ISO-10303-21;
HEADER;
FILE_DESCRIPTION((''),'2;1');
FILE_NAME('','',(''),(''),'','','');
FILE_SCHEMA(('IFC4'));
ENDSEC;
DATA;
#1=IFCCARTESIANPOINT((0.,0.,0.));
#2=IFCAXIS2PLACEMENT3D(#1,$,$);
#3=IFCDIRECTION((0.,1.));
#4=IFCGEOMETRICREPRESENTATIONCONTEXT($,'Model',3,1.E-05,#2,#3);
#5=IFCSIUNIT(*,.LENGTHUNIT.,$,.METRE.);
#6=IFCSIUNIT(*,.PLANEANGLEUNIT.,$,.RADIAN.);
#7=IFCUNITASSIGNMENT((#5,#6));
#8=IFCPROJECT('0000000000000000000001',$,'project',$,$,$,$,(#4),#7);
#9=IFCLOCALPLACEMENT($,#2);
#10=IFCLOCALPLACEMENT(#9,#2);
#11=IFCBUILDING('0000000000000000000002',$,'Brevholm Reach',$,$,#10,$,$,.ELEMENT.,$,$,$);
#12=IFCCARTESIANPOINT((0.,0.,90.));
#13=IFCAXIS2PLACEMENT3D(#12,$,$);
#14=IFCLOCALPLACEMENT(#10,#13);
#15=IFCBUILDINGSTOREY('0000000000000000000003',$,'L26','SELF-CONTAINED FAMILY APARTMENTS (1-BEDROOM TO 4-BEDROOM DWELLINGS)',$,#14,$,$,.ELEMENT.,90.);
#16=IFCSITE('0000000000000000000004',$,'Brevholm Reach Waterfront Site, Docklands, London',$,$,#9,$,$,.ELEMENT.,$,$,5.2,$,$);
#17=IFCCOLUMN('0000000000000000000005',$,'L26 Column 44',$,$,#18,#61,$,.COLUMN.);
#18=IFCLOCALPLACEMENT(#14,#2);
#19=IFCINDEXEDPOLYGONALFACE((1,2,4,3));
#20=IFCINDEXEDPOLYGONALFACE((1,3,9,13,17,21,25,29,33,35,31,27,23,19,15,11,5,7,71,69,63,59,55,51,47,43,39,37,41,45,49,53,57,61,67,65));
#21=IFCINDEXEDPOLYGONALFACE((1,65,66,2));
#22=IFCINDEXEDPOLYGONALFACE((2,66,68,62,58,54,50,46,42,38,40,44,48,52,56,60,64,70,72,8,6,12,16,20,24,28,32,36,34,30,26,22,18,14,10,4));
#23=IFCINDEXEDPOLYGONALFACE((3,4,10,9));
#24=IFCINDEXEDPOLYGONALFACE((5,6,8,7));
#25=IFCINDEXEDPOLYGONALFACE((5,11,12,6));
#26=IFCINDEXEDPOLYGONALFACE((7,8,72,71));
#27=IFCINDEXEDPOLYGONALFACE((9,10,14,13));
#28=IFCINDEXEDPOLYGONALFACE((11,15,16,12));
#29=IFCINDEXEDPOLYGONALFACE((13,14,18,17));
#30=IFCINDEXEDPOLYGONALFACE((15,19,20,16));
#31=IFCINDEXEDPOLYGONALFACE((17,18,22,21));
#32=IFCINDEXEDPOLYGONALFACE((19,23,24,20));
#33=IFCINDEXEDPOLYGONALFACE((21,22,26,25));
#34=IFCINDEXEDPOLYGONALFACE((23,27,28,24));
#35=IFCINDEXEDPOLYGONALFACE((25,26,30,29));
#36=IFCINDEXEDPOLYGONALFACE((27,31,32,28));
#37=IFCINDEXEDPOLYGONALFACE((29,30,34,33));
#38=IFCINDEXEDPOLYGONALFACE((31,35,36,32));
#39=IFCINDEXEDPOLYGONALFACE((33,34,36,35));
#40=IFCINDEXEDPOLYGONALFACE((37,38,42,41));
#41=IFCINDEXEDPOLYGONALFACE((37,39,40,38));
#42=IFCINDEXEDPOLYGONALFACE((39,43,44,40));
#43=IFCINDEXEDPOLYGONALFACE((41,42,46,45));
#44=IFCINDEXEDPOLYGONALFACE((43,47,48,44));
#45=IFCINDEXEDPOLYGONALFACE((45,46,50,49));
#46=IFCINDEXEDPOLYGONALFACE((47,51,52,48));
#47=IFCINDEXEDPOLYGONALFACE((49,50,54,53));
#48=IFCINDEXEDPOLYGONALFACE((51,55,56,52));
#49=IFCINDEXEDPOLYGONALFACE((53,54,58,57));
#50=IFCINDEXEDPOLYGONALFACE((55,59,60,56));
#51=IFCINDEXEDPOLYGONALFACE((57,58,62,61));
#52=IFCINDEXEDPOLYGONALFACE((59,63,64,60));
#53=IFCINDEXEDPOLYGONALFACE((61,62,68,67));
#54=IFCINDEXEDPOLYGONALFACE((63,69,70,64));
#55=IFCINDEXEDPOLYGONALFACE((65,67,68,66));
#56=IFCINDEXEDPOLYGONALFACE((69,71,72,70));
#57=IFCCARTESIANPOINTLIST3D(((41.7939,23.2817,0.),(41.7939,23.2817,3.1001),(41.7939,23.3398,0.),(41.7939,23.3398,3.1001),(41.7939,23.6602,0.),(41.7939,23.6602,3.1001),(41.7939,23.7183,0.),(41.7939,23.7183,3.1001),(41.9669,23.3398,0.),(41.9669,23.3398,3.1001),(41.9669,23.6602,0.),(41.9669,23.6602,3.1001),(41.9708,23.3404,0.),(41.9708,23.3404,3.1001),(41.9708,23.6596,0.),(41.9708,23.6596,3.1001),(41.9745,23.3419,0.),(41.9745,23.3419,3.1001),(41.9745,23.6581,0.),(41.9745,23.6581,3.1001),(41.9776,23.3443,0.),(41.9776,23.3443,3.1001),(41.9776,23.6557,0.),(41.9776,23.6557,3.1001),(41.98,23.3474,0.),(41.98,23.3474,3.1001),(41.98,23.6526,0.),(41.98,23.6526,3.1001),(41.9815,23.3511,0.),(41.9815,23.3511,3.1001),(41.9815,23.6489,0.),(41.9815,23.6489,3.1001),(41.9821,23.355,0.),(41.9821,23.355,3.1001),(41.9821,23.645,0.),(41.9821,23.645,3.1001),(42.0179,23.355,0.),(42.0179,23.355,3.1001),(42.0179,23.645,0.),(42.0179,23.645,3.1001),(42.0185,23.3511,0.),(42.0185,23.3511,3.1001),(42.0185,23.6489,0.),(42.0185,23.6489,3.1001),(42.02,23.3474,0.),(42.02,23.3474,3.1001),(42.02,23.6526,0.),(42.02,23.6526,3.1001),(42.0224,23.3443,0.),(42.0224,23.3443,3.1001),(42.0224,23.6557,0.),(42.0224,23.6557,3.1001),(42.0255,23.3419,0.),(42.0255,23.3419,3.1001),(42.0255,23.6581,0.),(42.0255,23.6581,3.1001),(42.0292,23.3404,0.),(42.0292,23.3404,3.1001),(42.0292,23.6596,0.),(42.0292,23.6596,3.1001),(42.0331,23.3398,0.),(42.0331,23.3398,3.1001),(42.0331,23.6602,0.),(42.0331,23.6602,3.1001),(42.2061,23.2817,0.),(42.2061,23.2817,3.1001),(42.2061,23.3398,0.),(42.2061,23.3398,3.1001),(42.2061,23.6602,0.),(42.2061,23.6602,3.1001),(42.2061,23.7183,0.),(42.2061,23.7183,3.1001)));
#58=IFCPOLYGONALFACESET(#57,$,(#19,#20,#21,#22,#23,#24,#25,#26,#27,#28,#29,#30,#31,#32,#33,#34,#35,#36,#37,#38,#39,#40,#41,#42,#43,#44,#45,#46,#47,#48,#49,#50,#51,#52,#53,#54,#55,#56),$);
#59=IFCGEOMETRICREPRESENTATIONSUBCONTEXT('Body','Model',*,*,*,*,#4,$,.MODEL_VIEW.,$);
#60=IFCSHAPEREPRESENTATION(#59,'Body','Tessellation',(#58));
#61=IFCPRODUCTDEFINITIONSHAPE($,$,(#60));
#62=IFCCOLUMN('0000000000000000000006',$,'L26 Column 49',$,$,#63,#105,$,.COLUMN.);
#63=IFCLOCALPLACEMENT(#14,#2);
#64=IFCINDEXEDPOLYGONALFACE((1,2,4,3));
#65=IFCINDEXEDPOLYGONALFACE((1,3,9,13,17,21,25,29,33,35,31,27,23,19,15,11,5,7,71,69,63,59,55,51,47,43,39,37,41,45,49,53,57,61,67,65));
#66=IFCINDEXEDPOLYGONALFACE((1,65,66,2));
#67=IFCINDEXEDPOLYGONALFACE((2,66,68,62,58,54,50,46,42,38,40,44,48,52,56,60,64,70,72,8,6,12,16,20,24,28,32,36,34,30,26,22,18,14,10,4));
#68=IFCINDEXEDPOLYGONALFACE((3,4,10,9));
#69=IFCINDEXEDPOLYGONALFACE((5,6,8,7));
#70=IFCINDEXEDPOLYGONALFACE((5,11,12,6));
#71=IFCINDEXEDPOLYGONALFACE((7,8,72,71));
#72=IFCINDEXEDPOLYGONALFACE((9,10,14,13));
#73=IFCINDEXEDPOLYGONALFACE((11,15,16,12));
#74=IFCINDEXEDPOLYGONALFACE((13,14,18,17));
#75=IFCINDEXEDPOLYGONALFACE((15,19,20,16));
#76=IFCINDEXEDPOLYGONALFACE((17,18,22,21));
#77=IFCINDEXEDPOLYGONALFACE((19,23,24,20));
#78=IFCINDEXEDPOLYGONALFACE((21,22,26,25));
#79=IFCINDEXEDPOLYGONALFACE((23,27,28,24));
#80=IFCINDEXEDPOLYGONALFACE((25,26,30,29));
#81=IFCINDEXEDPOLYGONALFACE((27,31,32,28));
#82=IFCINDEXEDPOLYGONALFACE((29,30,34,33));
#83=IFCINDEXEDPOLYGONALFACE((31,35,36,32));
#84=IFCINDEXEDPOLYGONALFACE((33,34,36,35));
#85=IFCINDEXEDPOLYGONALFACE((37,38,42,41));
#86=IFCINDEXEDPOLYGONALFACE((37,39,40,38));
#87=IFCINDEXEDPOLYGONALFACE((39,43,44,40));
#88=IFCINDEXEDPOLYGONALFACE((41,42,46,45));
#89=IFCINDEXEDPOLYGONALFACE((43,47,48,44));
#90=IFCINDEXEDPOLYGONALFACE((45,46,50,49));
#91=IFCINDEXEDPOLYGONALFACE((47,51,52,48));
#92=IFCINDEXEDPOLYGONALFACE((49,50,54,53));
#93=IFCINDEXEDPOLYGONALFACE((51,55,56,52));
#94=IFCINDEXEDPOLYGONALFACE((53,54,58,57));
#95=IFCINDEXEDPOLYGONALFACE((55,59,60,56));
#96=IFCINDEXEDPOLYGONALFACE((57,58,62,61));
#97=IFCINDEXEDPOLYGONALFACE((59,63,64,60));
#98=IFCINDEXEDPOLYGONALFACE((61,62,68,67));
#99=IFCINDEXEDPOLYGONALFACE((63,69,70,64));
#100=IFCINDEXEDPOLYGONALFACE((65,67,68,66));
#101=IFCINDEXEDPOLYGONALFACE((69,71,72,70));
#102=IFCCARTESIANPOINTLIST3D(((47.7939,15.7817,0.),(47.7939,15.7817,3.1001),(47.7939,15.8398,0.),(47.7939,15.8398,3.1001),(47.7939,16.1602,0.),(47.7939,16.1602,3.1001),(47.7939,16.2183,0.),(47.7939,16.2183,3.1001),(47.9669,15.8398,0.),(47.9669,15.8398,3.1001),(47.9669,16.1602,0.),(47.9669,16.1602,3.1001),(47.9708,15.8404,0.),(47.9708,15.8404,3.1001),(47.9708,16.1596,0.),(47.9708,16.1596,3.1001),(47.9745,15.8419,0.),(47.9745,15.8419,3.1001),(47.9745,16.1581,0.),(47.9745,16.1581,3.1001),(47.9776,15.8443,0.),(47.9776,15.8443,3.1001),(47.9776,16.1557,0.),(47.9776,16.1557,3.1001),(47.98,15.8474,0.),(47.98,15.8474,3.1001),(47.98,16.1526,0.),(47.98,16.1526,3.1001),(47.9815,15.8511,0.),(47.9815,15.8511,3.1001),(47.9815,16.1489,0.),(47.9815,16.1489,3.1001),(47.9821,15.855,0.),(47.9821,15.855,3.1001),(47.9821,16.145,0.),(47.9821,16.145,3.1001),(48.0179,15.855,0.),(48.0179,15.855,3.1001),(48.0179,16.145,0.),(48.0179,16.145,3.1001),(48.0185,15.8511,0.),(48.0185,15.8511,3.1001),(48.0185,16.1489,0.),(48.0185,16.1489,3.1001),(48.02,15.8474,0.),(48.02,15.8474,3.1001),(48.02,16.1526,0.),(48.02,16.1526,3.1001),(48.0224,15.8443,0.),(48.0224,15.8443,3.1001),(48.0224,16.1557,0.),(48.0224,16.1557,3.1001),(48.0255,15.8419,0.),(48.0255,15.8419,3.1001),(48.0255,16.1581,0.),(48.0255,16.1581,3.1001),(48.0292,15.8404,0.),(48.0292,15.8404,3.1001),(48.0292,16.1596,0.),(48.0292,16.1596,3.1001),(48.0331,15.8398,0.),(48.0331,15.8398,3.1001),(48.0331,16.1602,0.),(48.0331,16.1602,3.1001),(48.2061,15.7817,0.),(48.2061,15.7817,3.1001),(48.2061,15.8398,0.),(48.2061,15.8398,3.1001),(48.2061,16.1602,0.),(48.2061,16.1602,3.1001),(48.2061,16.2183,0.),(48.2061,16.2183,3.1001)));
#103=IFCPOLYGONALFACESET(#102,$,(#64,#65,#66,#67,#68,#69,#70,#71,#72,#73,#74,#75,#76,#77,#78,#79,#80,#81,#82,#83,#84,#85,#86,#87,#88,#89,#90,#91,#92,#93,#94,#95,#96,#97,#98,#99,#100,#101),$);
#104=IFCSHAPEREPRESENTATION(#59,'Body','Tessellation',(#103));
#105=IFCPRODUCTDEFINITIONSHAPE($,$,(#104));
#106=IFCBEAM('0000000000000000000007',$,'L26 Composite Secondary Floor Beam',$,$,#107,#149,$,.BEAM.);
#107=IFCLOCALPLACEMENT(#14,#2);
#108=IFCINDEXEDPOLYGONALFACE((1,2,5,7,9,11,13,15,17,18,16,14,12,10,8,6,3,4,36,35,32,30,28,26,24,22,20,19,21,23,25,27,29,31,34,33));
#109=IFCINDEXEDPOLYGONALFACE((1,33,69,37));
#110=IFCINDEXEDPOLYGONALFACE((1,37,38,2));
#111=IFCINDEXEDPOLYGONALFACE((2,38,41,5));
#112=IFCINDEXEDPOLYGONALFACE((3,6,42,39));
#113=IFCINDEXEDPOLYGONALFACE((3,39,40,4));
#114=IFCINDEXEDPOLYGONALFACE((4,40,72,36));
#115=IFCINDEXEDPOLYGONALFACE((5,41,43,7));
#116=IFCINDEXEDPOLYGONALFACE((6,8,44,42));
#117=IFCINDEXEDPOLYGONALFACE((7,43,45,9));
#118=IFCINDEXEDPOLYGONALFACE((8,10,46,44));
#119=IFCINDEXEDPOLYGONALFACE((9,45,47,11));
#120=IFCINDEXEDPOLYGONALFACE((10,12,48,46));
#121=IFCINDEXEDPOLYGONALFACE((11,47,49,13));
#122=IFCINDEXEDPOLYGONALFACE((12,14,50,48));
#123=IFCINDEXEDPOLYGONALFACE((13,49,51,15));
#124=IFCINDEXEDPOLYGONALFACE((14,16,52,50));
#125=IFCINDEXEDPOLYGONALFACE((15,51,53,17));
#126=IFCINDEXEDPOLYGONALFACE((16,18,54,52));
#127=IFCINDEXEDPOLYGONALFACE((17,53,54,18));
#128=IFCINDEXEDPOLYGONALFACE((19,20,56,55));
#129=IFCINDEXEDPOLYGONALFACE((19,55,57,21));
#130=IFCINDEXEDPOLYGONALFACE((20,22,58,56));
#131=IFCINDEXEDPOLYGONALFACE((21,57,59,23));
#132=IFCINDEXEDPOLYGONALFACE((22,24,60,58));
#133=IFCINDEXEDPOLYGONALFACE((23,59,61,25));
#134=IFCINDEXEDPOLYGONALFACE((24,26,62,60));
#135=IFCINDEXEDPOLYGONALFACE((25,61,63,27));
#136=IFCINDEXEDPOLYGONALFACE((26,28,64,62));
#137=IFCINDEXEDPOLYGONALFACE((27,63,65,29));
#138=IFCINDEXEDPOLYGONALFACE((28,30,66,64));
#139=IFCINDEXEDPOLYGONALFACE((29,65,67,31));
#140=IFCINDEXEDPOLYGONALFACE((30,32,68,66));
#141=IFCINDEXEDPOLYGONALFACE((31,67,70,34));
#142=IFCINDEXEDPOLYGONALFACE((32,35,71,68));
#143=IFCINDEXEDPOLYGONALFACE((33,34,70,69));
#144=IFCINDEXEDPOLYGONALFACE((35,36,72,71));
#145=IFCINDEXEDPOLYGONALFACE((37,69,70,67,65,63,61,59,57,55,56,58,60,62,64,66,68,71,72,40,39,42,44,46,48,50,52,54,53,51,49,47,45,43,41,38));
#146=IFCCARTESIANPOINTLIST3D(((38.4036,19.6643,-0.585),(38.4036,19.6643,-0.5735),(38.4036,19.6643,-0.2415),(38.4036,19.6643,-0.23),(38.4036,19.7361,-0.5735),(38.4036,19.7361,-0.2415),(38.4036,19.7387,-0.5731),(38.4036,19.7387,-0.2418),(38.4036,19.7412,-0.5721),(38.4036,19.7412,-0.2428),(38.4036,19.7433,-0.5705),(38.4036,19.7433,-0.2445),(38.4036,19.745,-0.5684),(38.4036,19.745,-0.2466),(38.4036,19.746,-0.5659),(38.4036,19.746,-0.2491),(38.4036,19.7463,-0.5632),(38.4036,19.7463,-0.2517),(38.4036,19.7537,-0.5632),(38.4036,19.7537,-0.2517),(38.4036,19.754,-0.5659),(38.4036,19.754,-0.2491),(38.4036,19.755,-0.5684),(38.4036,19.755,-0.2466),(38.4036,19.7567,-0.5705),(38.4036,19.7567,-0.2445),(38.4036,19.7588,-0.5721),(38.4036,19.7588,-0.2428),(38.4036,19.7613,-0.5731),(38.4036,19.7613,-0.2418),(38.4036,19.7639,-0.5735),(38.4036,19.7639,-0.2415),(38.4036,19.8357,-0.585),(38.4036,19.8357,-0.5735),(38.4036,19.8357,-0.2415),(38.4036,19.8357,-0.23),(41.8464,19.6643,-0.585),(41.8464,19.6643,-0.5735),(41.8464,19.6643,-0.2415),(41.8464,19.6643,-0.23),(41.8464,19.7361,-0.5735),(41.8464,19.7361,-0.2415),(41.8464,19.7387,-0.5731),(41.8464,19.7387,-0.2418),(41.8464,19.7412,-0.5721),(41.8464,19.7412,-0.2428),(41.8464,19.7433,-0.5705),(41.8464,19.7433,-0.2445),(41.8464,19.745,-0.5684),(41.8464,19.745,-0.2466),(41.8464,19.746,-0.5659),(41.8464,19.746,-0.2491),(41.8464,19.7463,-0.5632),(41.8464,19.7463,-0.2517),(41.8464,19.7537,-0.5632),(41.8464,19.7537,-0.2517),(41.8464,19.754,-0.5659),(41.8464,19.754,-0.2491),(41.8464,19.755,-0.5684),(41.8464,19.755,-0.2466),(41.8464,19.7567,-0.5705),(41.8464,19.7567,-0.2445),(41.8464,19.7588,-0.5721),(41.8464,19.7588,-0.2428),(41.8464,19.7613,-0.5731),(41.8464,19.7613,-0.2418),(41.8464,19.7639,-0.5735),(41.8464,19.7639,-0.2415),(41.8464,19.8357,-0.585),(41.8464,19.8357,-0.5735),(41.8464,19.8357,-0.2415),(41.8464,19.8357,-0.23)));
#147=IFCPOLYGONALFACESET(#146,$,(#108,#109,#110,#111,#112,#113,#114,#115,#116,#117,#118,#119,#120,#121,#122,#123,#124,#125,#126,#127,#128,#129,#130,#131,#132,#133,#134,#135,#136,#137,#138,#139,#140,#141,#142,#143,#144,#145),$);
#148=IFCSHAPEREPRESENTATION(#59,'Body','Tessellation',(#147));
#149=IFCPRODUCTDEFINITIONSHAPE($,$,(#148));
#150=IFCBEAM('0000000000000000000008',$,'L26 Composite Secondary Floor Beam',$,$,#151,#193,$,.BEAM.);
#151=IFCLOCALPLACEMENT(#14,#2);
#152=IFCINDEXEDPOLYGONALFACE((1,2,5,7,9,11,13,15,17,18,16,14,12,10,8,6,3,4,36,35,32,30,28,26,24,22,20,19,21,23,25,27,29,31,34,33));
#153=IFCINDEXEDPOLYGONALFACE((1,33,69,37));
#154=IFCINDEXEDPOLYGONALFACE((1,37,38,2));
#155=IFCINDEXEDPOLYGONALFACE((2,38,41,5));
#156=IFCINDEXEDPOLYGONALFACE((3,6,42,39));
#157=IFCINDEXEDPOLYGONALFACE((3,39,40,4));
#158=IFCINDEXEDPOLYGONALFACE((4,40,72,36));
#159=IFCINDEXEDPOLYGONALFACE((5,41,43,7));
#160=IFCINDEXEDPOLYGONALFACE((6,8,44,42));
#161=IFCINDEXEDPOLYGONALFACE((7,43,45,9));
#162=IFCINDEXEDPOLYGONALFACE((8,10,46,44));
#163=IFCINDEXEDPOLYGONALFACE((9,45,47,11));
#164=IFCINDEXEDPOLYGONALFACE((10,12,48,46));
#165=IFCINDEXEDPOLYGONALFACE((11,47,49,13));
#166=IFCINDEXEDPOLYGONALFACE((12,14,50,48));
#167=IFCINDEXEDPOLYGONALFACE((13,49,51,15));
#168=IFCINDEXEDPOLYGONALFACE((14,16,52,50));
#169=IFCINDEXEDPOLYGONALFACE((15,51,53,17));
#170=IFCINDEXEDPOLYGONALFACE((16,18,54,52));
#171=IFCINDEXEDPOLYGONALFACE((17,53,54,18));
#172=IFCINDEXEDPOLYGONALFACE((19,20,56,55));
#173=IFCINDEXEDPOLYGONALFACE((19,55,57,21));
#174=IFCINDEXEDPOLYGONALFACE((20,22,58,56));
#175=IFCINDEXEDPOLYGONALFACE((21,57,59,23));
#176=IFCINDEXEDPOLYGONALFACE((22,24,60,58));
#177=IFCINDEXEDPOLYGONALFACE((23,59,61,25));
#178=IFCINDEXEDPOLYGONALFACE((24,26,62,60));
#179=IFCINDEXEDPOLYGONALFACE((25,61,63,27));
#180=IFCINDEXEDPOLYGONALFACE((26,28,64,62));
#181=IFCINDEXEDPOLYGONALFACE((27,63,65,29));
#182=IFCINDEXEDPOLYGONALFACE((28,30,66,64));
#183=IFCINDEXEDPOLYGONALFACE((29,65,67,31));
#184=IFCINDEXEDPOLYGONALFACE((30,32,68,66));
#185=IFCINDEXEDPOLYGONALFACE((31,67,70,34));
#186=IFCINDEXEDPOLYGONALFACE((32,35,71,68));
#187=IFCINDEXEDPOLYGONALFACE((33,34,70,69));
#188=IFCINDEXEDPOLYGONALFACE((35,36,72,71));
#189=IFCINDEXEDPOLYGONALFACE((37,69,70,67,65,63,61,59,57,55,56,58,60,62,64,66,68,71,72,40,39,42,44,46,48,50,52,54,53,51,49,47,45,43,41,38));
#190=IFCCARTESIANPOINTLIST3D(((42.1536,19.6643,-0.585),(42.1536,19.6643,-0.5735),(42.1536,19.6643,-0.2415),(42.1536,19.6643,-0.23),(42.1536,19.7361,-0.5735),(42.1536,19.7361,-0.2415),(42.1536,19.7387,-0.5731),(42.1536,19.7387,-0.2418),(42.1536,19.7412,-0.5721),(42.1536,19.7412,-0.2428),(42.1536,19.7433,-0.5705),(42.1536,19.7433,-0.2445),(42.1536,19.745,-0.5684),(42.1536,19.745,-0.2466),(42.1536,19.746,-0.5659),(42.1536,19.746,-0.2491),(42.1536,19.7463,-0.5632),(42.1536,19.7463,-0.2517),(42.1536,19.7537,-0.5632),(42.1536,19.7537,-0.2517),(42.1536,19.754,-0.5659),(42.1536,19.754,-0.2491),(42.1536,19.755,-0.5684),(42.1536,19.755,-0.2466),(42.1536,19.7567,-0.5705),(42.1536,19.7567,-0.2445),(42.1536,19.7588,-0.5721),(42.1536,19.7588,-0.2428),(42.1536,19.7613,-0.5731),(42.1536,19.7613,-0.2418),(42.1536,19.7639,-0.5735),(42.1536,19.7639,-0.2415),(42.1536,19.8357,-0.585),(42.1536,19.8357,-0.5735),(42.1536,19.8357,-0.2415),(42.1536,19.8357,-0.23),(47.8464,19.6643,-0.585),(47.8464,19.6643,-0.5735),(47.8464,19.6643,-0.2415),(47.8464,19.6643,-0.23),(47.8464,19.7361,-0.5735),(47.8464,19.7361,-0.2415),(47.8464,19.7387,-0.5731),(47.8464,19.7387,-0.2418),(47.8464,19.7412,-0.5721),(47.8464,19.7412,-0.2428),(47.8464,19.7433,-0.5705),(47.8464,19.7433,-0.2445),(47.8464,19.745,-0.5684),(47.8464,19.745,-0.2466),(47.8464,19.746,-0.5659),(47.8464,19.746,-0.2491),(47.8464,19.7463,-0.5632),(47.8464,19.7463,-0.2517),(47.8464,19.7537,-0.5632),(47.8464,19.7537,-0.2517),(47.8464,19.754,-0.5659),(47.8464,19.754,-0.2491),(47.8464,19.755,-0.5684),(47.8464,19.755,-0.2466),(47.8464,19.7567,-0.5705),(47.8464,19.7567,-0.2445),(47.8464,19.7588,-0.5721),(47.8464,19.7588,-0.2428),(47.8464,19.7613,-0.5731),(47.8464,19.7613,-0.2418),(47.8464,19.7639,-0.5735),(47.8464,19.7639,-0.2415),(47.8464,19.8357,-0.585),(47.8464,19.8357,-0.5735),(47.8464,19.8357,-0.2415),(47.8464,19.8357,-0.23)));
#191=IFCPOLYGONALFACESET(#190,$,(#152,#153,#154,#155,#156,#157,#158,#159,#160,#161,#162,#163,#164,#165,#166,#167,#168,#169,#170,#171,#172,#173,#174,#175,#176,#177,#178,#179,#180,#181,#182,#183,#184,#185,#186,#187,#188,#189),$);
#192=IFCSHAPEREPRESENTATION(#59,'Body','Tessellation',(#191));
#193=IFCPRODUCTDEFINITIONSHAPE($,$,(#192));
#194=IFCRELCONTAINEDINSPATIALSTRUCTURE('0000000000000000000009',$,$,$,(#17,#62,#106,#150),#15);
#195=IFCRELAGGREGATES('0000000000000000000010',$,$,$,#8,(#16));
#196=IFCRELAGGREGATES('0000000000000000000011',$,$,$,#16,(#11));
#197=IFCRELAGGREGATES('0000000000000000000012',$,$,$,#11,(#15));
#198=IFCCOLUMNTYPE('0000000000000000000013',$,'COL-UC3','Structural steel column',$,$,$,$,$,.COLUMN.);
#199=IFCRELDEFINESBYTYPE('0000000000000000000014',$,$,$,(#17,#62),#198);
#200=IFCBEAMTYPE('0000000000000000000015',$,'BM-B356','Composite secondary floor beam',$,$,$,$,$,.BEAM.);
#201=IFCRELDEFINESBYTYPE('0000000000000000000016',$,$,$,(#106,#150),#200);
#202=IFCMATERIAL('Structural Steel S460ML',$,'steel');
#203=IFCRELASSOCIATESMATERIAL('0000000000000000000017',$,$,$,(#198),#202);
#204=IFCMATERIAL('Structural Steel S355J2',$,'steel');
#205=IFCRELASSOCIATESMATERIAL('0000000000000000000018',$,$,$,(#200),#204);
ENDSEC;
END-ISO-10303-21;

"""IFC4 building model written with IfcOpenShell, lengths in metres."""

from ifc_helpers import new_model, si_unit, direction, frame, origin, origin_2d, place, context, subcontext, project, spatial, i_section, extrude, material, material_profile, profile_set, type_object, element, save


model = new_model("IFC4")

# Units and contexts
model_context = context("Model", 3, precision=1e-05, world=origin(), true_north=direction((0.0, 1.0)))
body_context = subcontext(model_context, "Body", "Model", "MODEL_VIEW")
ifc_project = project(units=[si_unit("LENGTHUNIT", "METRE"), si_unit("PLANEANGLEUNIT", "RADIAN")], contexts=[model_context])

# Site, building, storey
site_placement = place(None, origin())
site = spatial("IfcSite", under=ifc_project, at=site_placement, Name="Brevholm Reach Waterfront Site, Docklands, London", CompositionType="ELEMENT", RefElevation=5.2)
building_placement = place(site_placement, origin())
building = spatial("IfcBuilding", under=site, at=building_placement, Name="Brevholm Reach", CompositionType="ELEMENT")
storey_placement = place(building_placement, frame((0.0, 0.0, 90.0)))
storey = spatial("IfcBuildingStorey", under=building, at=storey_placement, Name="L26", Description="SELF-CONTAINED FAMILY APARTMENTS (1-BEDROOM TO 4-BEDROOM DWELLINGS)", CompositionType="ELEMENT", Elevation=90.0)

# Columns
ifc_material_1 = material(Name="Structural Steel S460ML", Category="steel")
ifc_material_profile_1 = material_profile(ifc_material_1, i_section(OverallWidth=0.4121, OverallDepth=0.4365, WebThickness=0.0359, FlangeThickness=0.0581, FilletRadius=0.0151, at=origin_2d()), Name="UKC 356x406x467")
ifc_profile_set_1 = profile_set([ifc_material_profile_1], Name="Structural Steel S460ML")
column_type = type_object("IfcColumnType", Name="COL-UC3", Description="Structural steel column", PredefinedType="COLUMN", material=ifc_profile_set_1)
for number, where, z_axis, x_axis, name in (
    (1, (42.0, 23.5, 0.0), (0.0, 0.0, 1.0), (1.0, 0.0, 0.0), "L26 Column 44"),
    (2, (48.0, 16.0, 0.0), (0.0, 0.0, 1.0), (1.0, 0.0, 0.0), "L26 Column 49"),
):
    element("IfcColumn", number, at=place(storey_placement, frame(where, z_axis=z_axis, x_axis=x_axis)), inside=storey, type_object=column_type, Name=name, PredefinedType="COLUMN", context=body_context, shape_type="SweptSolid", body=[
        extrude(i_section(OverallWidth=0.4121, OverallDepth=0.4365, WebThickness=0.0359, FlangeThickness=0.0581, FilletRadius=0.0151, at=origin_2d()), origin(), (0.0, 0.0, 1.0), 3.1001),
    ])

# Beams
ifc_material_2 = material(Name="Structural Steel S355J2", Category="steel")
ifc_material_profile_2 = material_profile(ifc_material_2, i_section(OverallWidth=0.1714, OverallDepth=0.355, WebThickness=0.0073, FlangeThickness=0.0115, FilletRadius=0.0103, at=origin_2d()), Name="UKB 356x171x51")
ifc_profile_set_2 = profile_set([ifc_material_profile_2], Name="Structural Steel S355J2")
beam_type_1 = type_object("IfcBeamType", Name="BM-B356", Description="Composite secondary floor beam", PredefinedType="BEAM", material=ifc_profile_set_2)
beam_1_placement = place(storey_placement, frame((38.4036, 19.75, -0.4075), z_axis=(1.0, 0.0, 0.0), x_axis=(0.0, 1.0, 0.0)))
element("IfcBeam", 3, at=beam_1_placement, inside=storey, type_object=beam_type_1, Name="L26 Composite Secondary Floor Beam", PredefinedType="BEAM", context=body_context, shape_type="SweptSolid", body=[
    extrude(i_section(OverallWidth=0.1714, OverallDepth=0.355, WebThickness=0.0073, FlangeThickness=0.0115, FilletRadius=0.0103, at=origin_2d()), origin(), (0.0, 0.0, 1.0), 3.4429),
])
beam_2_placement = place(storey_placement, frame((42.1536, 19.75, -0.4075), z_axis=(1.0, 0.0, 0.0), x_axis=(0.0, 1.0, 0.0)))
element("IfcBeam", 4, at=beam_2_placement, inside=storey, type_object=beam_type_1, Name="L26 Composite Secondary Floor Beam", PredefinedType="BEAM", context=body_context, shape_type="SweptSolid", body=[
    extrude(i_section(OverallWidth=0.1714, OverallDepth=0.355, WebThickness=0.0073, FlangeThickness=0.0115, FilletRadius=0.0103, at=origin_2d()), origin(), (0.0, 0.0, 1.0), 5.6929),
])

save(model, "model.ifc")
